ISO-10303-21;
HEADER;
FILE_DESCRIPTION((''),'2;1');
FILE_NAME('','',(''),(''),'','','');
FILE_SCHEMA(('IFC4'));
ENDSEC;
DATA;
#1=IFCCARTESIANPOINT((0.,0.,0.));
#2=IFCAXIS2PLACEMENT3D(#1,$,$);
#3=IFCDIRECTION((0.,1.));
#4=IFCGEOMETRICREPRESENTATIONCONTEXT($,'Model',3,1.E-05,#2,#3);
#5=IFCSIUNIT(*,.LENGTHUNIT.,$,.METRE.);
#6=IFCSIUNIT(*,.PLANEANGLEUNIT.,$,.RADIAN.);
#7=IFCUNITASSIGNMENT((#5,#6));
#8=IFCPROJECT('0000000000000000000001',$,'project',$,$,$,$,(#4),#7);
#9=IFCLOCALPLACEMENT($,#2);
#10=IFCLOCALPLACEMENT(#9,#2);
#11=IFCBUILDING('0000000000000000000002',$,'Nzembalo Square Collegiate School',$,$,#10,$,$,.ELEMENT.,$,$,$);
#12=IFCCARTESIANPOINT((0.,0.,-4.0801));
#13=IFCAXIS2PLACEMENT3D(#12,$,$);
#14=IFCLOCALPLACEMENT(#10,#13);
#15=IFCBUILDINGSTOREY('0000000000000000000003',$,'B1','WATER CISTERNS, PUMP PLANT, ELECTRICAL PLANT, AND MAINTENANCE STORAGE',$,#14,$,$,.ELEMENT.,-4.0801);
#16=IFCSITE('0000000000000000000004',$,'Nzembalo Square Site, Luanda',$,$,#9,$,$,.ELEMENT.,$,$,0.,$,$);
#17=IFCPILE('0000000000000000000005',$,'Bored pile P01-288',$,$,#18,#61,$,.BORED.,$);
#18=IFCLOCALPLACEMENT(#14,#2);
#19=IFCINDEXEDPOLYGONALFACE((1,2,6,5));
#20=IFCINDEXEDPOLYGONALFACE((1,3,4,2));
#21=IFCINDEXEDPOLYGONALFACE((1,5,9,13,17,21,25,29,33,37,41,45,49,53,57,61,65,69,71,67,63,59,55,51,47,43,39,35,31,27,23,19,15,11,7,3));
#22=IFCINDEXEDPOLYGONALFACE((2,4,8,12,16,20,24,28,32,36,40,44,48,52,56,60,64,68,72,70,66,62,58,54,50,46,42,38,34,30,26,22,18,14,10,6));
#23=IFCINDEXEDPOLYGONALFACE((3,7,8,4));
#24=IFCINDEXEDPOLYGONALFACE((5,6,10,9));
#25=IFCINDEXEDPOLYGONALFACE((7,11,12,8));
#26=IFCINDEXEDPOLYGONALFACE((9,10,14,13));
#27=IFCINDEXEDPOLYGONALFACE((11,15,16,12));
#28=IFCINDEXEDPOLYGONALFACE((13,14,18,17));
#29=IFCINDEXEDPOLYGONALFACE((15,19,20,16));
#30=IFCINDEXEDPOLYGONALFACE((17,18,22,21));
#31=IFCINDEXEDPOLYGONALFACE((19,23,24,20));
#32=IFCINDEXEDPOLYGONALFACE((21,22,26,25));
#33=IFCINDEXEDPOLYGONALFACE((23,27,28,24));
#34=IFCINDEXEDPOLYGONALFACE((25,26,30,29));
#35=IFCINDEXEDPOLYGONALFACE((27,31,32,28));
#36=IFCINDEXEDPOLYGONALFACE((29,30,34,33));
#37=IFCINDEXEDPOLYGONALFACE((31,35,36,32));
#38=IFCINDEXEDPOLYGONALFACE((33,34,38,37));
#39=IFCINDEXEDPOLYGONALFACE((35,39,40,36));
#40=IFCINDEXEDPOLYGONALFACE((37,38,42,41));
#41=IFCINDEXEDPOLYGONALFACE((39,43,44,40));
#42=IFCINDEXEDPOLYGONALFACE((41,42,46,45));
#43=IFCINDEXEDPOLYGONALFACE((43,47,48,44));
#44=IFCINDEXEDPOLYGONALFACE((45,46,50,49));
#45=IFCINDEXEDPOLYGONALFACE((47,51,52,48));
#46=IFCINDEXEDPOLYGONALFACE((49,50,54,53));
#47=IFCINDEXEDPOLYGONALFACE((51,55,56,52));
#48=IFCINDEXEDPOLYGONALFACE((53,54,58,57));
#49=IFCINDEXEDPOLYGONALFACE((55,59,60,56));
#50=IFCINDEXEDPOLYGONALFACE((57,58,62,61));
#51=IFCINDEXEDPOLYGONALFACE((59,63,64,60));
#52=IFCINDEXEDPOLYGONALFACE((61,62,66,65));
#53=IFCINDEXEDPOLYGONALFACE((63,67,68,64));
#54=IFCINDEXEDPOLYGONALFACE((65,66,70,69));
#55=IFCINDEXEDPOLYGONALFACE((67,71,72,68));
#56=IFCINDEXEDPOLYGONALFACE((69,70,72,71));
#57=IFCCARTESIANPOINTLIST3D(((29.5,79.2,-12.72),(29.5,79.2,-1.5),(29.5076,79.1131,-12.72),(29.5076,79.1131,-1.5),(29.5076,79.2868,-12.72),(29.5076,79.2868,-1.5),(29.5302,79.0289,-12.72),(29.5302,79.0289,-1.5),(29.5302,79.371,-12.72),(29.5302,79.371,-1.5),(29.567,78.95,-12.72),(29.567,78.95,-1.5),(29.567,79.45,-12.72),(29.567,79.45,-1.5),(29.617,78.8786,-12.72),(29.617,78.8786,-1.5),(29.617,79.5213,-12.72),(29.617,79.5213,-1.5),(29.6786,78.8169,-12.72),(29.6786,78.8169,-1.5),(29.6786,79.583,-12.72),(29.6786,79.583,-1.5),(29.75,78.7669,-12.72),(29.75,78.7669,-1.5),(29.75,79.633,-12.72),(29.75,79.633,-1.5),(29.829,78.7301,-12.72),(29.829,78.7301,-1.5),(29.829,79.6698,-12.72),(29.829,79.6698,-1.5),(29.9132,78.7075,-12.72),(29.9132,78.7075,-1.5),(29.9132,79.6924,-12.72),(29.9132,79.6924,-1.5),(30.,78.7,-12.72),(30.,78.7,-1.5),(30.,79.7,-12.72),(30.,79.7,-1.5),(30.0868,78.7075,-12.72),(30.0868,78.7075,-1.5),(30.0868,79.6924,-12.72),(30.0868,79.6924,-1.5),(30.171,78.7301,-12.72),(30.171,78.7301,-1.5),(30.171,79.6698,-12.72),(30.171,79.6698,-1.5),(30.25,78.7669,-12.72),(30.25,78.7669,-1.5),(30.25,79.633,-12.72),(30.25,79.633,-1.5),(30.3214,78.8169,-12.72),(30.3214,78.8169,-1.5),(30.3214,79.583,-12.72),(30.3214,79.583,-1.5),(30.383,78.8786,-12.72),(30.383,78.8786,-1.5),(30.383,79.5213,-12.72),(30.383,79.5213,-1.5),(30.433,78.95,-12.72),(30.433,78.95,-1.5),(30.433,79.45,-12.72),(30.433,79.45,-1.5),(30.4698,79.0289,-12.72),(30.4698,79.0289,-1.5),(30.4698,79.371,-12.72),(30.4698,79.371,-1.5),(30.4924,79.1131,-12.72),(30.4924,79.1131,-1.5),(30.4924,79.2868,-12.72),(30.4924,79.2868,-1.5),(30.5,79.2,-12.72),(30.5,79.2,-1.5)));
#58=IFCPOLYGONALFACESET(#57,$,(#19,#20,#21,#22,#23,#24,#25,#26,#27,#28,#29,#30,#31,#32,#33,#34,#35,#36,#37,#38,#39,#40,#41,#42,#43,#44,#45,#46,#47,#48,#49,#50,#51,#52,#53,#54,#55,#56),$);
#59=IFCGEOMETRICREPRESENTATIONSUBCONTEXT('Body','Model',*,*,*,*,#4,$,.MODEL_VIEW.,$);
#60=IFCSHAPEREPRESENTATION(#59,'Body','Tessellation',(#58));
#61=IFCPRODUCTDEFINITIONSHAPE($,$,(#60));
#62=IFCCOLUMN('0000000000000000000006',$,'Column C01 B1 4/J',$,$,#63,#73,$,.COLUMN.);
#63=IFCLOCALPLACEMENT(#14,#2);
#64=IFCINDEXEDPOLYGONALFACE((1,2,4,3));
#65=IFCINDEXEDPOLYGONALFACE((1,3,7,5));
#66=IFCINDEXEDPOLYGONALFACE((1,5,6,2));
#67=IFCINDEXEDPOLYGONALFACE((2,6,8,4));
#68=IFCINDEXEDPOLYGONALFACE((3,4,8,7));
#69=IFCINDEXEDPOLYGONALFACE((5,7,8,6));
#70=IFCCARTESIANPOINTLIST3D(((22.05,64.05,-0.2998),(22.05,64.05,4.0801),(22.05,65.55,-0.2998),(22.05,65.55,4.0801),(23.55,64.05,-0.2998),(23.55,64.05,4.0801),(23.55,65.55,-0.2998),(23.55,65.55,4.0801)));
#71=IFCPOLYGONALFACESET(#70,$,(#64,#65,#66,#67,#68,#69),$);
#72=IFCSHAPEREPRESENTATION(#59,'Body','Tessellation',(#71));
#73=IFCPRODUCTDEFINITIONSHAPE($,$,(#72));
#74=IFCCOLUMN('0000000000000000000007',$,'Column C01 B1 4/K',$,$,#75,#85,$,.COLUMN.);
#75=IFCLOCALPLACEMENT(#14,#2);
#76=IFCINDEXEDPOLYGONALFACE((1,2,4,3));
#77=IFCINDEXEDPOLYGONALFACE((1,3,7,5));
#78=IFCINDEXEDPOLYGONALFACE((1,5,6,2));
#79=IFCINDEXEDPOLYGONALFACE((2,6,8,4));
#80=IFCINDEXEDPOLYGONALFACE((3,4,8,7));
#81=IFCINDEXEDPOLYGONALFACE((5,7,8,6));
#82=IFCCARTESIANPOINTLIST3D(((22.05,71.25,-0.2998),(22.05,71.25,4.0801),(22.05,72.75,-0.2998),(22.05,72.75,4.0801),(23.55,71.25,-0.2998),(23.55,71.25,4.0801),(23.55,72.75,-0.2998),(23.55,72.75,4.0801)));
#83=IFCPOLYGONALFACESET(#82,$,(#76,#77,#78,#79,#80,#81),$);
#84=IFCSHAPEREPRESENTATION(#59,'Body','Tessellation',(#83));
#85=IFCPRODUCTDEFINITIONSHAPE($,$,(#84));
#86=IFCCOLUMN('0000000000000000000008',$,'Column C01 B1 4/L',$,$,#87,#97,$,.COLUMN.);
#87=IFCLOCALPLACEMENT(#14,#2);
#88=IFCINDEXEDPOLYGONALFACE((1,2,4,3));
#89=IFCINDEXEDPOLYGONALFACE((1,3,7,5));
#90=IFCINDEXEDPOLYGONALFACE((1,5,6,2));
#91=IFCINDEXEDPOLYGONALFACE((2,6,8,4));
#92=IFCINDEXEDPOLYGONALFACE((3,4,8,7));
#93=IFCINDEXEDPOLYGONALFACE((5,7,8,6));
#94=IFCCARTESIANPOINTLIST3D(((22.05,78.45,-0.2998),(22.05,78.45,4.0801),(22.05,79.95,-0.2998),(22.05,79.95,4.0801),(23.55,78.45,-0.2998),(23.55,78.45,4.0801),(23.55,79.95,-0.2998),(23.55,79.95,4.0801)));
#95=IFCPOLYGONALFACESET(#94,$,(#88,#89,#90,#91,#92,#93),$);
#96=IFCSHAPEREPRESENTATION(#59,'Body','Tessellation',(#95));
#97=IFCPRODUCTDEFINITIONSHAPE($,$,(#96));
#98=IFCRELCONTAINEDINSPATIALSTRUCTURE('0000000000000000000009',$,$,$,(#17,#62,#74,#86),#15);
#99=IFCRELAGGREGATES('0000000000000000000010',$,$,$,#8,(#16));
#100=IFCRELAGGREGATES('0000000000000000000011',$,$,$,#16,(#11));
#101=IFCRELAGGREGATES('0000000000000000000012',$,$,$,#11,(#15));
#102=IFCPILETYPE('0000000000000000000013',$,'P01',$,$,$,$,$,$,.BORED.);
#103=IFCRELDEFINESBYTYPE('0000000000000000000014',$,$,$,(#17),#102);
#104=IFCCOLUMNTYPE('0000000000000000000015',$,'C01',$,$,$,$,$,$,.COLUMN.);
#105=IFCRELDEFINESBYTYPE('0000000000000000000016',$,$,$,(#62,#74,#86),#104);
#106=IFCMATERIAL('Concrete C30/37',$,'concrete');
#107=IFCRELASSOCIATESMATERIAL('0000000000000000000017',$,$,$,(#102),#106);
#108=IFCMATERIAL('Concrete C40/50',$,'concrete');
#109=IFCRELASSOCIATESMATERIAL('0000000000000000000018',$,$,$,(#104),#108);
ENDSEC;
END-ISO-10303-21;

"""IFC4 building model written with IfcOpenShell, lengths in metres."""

from ifc_helpers import new_model, si_unit, direction, frame, origin, origin_2d, place, context, subcontext, project, spatial, rectangle, circle, extrude, material, material_profile, profile_set, type_object, element, save


model = new_model("IFC4")

# Units and contexts
model_context = context("Model", 3, precision=1e-05, world=origin(), true_north=direction((0.0, 1.0)))
body_context = subcontext(model_context, "Body", "Model", "MODEL_VIEW")
ifc_project = project(units=[si_unit("LENGTHUNIT", "METRE"), si_unit("PLANEANGLEUNIT", "RADIAN")], contexts=[model_context])

# Site, building, storey
site_placement = place(None, origin())
site = spatial("IfcSite", under=ifc_project, at=site_placement, Name="Nzembalo Square Site, Luanda", CompositionType="ELEMENT", RefElevation=0.0)
building_placement = place(site_placement, origin())
building = spatial("IfcBuilding", under=site, at=building_placement, Name="Nzembalo Square Collegiate School", CompositionType="ELEMENT")
storey_placement = place(building_placement, frame((0.0, 0.0, -4.0801)))
storey = spatial("IfcBuildingStorey", under=building, at=storey_placement, Name="B1", Description="WATER CISTERNS, PUMP PLANT, ELECTRICAL PLANT, AND MAINTENANCE STORAGE", CompositionType="ELEMENT", Elevation=-4.0801)

# Pile
ifc_material_1 = material(Name="Concrete C30/37", Category="concrete")
ifc_material_profile_1 = material_profile(ifc_material_1, circle(Radius=0.5, at=origin_2d()), Name="PILE D1000")
ifc_profile_set_1 = profile_set([ifc_material_profile_1], Name="Concrete C30/37")
pile_type = type_object("IfcPileType", Name="P01", PredefinedType="BORED", material=ifc_profile_set_1)
for number, where, z_axis, x_axis, name in (
    (1, (30.0, 79.2, -1.5), (0.0, 0.0, -1.0), (1.0, 0.0, 0.0), "Bored pile P01-288"),
):
    element("IfcPile", number, at=place(storey_placement, frame(where, z_axis=z_axis, x_axis=x_axis)), inside=storey, type_object=pile_type, Name=name, PredefinedType="BORED", context=body_context, shape_type="SweptSolid", body=[
        extrude(circle(Radius=0.5, at=origin_2d()), origin(), (0.0, 0.0, 1.0), 11.22),
    ])

# Columns
ifc_material_2 = material(Name="Concrete C40/50", Category="concrete")
ifc_material_profile_2 = material_profile(ifc_material_2, rectangle(XDim=1.5, YDim=1.5, at=origin_2d()), Name="RC 1500x1500")
ifc_profile_set_2 = profile_set([ifc_material_profile_2], Name="Concrete C40/50")
column_type = type_object("IfcColumnType", Name="C01", PredefinedType="COLUMN", material=ifc_profile_set_2)
for number, where, z_axis, x_axis, name in (
    (2, (22.8, 64.8, -0.2998), (0.0, 0.0, 1.0), (1.0, 0.0, 0.0), "Column C01 B1 4/J"),
    (3, (22.8, 72.0, -0.2998), (0.0, 0.0, 1.0), (1.0, 0.0, 0.0), "Column C01 B1 4/K"),
    (4, (22.8, 79.2, -0.2998), (0.0, 0.0, 1.0), (1.0, 0.0, 0.0), "Column C01 B1 4/L"),
):
    element("IfcColumn", number, at=place(storey_placement, frame(where, z_axis=z_axis, x_axis=x_axis)), inside=storey, type_object=column_type, Name=name, PredefinedType="COLUMN", context=body_context, shape_type="SweptSolid", body=[
        extrude(rectangle(XDim=1.5, YDim=1.5, at=origin_2d()), origin(), (0.0, 0.0, 1.0), 4.3799),
    ])

save(model, "model.ifc")
